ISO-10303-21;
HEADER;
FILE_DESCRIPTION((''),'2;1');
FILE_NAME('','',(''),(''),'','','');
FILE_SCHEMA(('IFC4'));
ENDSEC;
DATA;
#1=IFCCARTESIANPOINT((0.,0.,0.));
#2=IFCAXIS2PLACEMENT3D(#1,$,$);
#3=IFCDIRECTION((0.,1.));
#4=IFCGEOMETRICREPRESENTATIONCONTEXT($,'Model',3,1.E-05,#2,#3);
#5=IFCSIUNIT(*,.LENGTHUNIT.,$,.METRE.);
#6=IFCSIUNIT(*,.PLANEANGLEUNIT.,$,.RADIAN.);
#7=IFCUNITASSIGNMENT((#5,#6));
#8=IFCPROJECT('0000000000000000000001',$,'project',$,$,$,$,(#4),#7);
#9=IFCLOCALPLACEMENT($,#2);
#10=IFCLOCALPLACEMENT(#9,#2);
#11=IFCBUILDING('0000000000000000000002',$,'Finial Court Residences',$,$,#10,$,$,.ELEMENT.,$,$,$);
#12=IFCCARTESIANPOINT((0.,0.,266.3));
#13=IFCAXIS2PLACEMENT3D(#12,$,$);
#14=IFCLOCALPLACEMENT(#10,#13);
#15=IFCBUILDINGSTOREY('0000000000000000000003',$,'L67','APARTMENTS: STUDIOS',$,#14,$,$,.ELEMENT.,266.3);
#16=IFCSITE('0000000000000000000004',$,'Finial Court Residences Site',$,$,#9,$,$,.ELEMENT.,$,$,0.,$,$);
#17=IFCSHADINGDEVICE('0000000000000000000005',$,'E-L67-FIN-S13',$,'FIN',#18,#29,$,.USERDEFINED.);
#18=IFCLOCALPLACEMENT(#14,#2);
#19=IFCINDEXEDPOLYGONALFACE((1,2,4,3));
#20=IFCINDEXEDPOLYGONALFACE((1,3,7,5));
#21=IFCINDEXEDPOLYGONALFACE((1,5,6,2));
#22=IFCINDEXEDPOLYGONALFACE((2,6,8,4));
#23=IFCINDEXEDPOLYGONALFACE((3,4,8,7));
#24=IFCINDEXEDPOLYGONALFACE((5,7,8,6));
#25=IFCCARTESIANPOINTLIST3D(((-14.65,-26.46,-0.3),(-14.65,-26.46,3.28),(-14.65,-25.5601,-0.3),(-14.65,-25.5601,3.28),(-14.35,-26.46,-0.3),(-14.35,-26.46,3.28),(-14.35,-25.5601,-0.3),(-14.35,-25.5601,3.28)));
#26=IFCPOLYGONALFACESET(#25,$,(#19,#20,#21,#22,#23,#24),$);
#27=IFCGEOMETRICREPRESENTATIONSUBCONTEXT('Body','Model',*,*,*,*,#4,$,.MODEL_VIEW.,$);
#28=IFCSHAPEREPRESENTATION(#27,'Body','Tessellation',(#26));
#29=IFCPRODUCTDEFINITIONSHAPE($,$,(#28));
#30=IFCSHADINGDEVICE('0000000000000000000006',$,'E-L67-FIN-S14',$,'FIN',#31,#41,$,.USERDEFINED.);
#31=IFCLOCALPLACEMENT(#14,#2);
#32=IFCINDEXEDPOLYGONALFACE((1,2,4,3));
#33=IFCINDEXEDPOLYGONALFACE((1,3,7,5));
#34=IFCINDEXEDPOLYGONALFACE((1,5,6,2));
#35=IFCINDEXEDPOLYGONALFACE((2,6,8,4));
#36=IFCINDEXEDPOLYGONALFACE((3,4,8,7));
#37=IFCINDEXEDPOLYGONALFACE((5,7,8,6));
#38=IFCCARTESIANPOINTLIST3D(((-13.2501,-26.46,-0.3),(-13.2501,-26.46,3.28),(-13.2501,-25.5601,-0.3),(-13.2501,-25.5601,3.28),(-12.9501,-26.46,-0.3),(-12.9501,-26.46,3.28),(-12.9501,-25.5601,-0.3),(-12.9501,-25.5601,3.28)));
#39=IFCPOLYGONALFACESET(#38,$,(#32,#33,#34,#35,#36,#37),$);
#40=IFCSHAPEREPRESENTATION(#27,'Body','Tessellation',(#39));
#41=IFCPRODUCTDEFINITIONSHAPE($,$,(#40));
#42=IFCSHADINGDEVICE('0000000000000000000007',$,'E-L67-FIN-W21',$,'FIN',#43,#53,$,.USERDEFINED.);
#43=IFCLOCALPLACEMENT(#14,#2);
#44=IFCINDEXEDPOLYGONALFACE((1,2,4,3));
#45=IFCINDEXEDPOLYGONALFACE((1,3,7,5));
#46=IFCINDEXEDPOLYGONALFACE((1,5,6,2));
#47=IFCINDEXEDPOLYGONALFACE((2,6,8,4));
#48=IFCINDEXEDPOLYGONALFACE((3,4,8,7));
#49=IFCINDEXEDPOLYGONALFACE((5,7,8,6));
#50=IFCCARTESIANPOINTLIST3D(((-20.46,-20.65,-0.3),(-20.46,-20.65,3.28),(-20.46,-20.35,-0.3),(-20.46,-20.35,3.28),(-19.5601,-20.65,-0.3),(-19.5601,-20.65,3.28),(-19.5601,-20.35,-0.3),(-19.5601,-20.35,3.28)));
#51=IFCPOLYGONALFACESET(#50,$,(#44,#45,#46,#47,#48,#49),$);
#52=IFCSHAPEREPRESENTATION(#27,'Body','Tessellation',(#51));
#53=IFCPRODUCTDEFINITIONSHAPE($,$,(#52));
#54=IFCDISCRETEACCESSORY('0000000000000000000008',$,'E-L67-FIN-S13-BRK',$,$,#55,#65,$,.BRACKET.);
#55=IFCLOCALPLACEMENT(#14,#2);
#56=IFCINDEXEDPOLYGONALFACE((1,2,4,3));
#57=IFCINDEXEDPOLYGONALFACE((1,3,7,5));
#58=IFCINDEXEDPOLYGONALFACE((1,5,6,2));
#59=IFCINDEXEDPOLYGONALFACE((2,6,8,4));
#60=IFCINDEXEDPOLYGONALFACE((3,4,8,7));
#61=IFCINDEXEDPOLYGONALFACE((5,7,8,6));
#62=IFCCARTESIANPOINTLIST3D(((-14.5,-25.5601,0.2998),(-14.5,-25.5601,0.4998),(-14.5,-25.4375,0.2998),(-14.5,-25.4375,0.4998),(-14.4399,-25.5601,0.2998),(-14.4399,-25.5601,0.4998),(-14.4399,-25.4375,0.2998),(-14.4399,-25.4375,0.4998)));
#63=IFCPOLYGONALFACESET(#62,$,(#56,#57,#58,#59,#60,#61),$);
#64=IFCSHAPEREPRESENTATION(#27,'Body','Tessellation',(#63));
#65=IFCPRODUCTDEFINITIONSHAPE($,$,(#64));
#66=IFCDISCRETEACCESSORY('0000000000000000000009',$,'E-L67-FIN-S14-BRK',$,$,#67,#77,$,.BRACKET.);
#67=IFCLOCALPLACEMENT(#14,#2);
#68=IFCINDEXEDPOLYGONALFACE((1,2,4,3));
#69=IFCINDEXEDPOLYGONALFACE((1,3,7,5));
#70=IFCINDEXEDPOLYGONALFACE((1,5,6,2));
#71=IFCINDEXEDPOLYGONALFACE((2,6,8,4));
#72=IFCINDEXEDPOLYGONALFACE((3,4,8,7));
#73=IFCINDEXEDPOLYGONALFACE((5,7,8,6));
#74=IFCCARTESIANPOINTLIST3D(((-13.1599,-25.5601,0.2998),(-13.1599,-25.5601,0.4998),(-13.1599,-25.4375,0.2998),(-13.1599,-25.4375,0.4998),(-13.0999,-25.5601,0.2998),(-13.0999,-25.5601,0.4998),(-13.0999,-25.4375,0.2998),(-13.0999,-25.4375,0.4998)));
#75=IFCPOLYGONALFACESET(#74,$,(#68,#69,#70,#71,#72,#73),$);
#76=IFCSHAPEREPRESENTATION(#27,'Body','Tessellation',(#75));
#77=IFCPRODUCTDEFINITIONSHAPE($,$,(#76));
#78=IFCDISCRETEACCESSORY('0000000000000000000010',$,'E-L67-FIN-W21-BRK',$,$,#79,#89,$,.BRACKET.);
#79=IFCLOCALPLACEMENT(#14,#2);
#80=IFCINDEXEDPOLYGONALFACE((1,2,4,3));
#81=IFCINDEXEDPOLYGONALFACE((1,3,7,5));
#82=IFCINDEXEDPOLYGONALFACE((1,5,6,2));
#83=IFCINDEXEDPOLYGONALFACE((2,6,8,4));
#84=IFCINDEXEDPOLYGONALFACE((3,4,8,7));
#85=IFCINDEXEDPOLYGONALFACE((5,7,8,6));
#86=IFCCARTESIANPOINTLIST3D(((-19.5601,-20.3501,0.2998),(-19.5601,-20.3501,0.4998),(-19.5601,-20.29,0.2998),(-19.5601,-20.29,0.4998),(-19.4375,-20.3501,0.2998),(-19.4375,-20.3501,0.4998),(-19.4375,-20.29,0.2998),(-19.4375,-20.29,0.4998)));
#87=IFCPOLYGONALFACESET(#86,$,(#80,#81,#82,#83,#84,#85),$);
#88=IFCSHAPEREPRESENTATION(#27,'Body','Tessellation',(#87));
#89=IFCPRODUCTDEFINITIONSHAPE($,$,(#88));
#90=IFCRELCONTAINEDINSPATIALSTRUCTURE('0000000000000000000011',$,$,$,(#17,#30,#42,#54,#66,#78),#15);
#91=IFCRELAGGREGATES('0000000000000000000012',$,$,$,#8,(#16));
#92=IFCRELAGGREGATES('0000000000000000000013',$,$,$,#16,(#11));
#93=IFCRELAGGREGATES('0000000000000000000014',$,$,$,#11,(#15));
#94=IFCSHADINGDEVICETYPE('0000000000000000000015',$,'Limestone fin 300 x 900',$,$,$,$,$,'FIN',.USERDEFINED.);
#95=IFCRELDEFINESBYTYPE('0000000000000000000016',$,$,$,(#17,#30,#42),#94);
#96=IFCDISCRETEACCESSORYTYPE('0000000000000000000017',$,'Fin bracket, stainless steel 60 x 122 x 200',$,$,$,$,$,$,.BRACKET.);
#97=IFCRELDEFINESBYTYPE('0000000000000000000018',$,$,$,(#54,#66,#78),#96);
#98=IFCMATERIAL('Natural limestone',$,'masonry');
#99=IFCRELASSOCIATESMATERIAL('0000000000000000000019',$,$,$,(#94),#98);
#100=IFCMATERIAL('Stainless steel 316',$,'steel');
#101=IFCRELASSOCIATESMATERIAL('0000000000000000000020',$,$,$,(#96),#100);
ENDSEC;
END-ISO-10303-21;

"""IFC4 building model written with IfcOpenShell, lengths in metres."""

from ifc_helpers import new_model, si_unit, direction, frame, origin, origin_2d, place, context, subcontext, project, spatial, rectangle, extrude, material, type_object, element, save


model = new_model("IFC4")

# Units and contexts
model_context = context("Model", 3, precision=1e-05, world=origin(), true_north=direction((0.0, 1.0)))
body_context = subcontext(model_context, "Body", "Model", "MODEL_VIEW")
ifc_project = project(units=[si_unit("LENGTHUNIT", "METRE"), si_unit("PLANEANGLEUNIT", "RADIAN")], contexts=[model_context])

# Site, building, storey
site_placement = place(None, origin())
site = spatial("IfcSite", under=ifc_project, at=site_placement, Name="Finial Court Residences Site", CompositionType="ELEMENT", RefElevation=0.0)
building_placement = place(site_placement, origin())
building = spatial("IfcBuilding", under=site, at=building_placement, Name="Finial Court Residences", CompositionType="ELEMENT")
storey_placement = place(building_placement, frame((0.0, 0.0, 266.3)))
storey = spatial("IfcBuildingStorey", under=building, at=storey_placement, Name="L67", Description="APARTMENTS: STUDIOS", CompositionType="ELEMENT", Elevation=266.3)

# Shared definitions
ifc_material_1 = material(Name="Natural limestone", Category="masonry")

# Shading devices
shading_device_type = type_object("IfcShadingDeviceType", Name="Limestone fin 300 x 900", ElementType="FIN", PredefinedType="USERDEFINED", material=ifc_material_1)
for number, where, z_axis, x_axis, name in (
    (1, (-14.5, -26.01, -0.3), (0.0, 0.0, 1.0), (1.0, 0.0, 0.0), "E-L67-FIN-S13"),
    (2, (-13.1001, -26.01, -0.3), (0.0, 0.0, 1.0), (1.0, 0.0, 0.0), "E-L67-FIN-S14"),
):
    element("IfcShadingDevice", number, at=place(storey_placement, frame(where, z_axis=z_axis, x_axis=x_axis)), inside=storey, type_object=shading_device_type, Name=name, ObjectType="FIN", PredefinedType="USERDEFINED", context=body_context, shape_type="SweptSolid", body=[
        extrude(rectangle(XDim=0.3, YDim=0.8999, at=origin_2d()), origin(), (0.0, 0.0, 1.0), 3.5801),
    ])
shading_device_placement = place(storey_placement, frame((-20.01, -20.5, -0.3), z_axis=(0.0, 0.0, 1.0), x_axis=(1.0, 0.0, 0.0)))
element("IfcShadingDevice", 3, at=shading_device_placement, inside=storey, type_object=shading_device_type, Name="E-L67-FIN-W21", ObjectType="FIN", PredefinedType="USERDEFINED", context=body_context, shape_type="SweptSolid", body=[
    extrude(rectangle(XDim=0.8999, YDim=0.3, at=origin_2d()), origin(), (0.0, 0.0, 1.0), 3.5801),
])

# Discrete accessories
ifc_material_2 = material(Name="Stainless steel 316", Category="steel")
discrete_accessory_type = type_object("IfcDiscreteAccessoryType", Name="Fin bracket, stainless steel 60 x 122 x 200", PredefinedType="BRACKET", material=ifc_material_2)
for number, where, z_axis, x_axis, name in (
    (4, (-14.47, -25.4988, 0.2998), (0.0, 0.0, 1.0), (1.0, 0.0, 0.0), "E-L67-FIN-S13-BRK"),
    (5, (-13.1299, -25.4988, 0.2998), (0.0, 0.0, 1.0), (1.0, 0.0, 0.0), "E-L67-FIN-S14-BRK"),
):
    element("IfcDiscreteAccessory", number, at=place(storey_placement, frame(where, z_axis=z_axis, x_axis=x_axis)), inside=storey, type_object=discrete_accessory_type, Name=name, PredefinedType="BRACKET", context=body_context, shape_type="SweptSolid", body=[
        extrude(rectangle(XDim=0.0601, YDim=0.1226, at=origin_2d()), origin(), (0.0, 0.0, 1.0), 0.2),
    ])
discrete_accessory_placement = place(storey_placement, frame((-19.4988, -20.3201, 0.2998), z_axis=(0.0, 0.0, 1.0), x_axis=(1.0, 0.0, 0.0)))
element("IfcDiscreteAccessory", 6, at=discrete_accessory_placement, inside=storey, type_object=discrete_accessory_type, Name="E-L67-FIN-W21-BRK", PredefinedType="BRACKET", context=body_context, shape_type="SweptSolid", body=[
    extrude(rectangle(XDim=0.1226, YDim=0.0601, at=origin_2d()), origin(), (0.0, 0.0, 1.0), 0.2),
])

save(model, "model.ifc")
